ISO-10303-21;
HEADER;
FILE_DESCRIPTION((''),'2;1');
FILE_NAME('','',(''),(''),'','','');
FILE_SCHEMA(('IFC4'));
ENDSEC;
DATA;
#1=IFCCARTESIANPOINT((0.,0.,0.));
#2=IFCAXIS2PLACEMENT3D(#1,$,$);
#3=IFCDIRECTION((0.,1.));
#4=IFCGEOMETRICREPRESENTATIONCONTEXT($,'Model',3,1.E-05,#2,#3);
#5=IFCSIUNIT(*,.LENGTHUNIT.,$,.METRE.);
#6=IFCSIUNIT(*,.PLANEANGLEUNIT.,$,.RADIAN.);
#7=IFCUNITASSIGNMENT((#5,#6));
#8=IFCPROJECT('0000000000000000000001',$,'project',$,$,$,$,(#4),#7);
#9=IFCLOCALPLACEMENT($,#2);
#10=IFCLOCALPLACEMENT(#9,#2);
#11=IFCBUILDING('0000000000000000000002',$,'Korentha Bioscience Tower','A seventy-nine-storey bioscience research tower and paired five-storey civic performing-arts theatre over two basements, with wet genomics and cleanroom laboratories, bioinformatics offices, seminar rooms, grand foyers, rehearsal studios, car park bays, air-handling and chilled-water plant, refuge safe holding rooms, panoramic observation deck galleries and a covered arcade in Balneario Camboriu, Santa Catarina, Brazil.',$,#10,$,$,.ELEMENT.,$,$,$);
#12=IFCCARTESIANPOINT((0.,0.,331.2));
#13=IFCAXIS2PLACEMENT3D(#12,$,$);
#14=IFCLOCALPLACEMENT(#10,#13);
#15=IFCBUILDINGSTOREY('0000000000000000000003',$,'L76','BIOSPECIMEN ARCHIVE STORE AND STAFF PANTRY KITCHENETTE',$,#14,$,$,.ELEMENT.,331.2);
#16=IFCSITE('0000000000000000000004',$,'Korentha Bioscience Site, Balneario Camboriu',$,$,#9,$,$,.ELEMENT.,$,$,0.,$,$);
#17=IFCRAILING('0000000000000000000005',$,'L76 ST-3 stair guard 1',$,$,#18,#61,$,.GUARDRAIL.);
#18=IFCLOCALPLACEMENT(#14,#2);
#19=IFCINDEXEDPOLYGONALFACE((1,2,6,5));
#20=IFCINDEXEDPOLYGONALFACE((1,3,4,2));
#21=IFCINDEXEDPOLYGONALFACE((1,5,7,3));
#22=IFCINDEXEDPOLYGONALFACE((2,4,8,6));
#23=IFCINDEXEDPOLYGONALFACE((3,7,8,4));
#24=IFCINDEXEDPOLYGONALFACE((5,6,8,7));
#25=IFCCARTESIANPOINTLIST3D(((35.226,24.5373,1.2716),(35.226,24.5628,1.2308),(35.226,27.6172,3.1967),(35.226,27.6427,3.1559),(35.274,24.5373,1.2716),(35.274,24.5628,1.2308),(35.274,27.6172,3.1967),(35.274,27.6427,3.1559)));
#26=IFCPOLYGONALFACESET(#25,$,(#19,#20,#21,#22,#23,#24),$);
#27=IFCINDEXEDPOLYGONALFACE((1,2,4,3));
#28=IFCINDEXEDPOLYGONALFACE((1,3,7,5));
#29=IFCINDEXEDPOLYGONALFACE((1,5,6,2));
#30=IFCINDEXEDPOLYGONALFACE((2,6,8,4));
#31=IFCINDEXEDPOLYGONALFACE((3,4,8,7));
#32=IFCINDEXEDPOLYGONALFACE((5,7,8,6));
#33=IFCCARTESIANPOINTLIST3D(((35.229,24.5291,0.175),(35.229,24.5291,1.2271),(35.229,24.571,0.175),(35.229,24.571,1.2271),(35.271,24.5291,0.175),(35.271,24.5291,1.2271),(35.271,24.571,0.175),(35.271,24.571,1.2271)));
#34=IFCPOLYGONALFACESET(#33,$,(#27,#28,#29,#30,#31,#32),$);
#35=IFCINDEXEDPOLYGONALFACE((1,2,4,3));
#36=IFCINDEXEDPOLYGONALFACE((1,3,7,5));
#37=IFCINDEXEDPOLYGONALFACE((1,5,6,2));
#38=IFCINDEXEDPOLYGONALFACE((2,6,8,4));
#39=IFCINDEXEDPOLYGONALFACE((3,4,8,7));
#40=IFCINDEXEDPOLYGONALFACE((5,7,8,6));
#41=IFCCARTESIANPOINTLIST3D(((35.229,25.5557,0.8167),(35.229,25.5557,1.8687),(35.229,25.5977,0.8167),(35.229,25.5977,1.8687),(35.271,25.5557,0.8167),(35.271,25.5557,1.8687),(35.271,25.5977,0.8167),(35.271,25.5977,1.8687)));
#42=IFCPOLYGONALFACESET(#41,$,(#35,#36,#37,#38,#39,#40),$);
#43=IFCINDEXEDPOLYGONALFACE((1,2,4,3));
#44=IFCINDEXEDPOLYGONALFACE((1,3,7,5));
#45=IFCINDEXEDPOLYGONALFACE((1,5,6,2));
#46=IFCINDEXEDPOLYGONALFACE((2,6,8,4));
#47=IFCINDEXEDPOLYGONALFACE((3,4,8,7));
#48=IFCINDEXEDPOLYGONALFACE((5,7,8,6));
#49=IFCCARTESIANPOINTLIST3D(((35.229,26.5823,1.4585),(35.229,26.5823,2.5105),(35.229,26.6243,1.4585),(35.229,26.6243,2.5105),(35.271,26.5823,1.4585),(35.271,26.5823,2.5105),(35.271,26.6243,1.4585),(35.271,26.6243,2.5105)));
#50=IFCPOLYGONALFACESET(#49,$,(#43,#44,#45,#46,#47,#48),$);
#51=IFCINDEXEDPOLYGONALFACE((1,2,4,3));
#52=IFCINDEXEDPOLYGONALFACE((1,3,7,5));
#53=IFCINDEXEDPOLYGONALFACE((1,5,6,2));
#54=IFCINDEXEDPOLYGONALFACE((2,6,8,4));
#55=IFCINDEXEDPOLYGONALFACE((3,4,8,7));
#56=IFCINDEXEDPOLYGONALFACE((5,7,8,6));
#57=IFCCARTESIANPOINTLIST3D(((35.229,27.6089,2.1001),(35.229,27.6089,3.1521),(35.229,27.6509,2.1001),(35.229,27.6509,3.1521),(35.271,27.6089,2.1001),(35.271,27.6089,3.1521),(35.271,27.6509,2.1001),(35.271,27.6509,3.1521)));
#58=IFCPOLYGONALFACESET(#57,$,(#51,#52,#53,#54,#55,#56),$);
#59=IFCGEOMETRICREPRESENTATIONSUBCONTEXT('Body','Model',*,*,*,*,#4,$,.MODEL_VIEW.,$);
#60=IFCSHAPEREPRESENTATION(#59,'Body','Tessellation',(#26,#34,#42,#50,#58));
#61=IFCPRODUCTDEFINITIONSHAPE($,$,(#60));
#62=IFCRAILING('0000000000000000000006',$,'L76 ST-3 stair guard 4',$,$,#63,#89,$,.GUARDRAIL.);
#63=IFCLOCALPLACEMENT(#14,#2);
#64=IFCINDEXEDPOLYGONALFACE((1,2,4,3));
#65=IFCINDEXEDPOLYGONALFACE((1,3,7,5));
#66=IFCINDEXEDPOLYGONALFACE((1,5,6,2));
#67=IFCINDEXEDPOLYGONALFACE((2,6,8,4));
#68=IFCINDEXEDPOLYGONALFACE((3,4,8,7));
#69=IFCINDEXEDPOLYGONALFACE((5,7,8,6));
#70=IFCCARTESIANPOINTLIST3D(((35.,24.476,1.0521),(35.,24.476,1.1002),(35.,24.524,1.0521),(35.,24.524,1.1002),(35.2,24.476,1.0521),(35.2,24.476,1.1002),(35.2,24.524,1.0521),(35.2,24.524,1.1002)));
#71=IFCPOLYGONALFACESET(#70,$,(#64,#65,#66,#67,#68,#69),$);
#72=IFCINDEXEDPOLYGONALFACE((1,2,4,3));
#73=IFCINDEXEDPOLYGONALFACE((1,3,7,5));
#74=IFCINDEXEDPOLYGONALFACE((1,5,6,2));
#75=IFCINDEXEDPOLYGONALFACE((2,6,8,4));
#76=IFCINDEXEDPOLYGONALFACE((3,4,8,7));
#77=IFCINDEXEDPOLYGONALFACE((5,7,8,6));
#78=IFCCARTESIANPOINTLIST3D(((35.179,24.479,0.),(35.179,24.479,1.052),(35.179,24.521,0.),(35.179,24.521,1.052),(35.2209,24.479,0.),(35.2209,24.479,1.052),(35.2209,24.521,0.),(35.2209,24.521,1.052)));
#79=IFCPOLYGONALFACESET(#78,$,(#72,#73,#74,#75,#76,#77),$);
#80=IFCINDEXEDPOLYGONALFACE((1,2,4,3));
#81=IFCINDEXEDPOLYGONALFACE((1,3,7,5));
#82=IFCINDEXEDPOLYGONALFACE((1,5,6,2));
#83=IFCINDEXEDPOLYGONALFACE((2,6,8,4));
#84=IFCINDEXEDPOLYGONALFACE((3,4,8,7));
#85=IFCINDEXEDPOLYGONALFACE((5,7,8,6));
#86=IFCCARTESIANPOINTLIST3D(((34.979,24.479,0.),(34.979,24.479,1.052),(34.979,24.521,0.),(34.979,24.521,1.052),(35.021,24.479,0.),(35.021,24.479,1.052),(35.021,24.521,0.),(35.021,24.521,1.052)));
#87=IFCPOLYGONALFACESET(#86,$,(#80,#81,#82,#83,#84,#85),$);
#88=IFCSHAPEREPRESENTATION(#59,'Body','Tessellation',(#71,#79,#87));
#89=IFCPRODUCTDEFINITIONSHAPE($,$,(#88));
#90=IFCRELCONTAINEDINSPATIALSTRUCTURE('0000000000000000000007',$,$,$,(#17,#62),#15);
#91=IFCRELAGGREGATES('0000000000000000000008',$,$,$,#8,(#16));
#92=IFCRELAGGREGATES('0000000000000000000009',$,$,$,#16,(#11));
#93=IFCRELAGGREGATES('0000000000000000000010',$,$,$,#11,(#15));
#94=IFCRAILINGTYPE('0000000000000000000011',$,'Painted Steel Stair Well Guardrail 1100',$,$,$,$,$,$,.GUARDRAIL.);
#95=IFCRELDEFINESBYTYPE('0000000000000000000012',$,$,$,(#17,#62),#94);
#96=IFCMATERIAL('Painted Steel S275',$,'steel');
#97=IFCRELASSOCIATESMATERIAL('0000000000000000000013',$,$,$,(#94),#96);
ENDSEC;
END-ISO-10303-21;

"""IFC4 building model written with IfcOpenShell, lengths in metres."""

from ifc_helpers import new_model, si_unit, direction, frame, origin, origin_2d, place, context, subcontext, project, spatial, rectangle, extrude, material, type_object, element, save


model = new_model("IFC4")

# Units and contexts
model_context = context("Model", 3, precision=1e-05, world=origin(), true_north=direction((0.0, 1.0)))
body_context = subcontext(model_context, "Body", "Model", "MODEL_VIEW")
ifc_project = project(units=[si_unit("LENGTHUNIT", "METRE"), si_unit("PLANEANGLEUNIT", "RADIAN")], contexts=[model_context])

# Site, building, storey
site_placement = place(None, origin())
site = spatial("IfcSite", under=ifc_project, at=site_placement, Name="Korentha Bioscience Site, Balneario Camboriu", CompositionType="ELEMENT", RefElevation=0.0)
building_placement = place(site_placement, origin())
building = spatial("IfcBuilding", under=site, at=building_placement, Name="Korentha Bioscience Tower", Description="A seventy-nine-storey bioscience research tower and paired five-storey civic performing-arts theatre over two basements, with wet genomics and cleanroom laboratories, bioinformatics offices, seminar rooms, grand foyers, rehearsal studios, car park bays, air-handling and chilled-water plant, refuge safe holding rooms, panoramic observation deck galleries and a covered arcade in Balneario Camboriu, Santa Catarina, Brazil.", CompositionType="ELEMENT")
storey_placement = place(building_placement, frame((0.0, 0.0, 331.2)))
storey = spatial("IfcBuildingStorey", under=building, at=storey_placement, Name="L76", Description="BIOSPECIMEN ARCHIVE STORE AND STAFF PANTRY KITCHENETTE", CompositionType="ELEMENT", Elevation=331.2)

# Railings
ifc_material_1 = material(Name="Painted Steel S275", Category="steel")
railing_type_1 = type_object("IfcRailingType", Name="Painted Steel Stair Well Guardrail 1100", PredefinedType="GUARDRAIL", material=ifc_material_1)
railing_1_placement = place(storey_placement, frame((35.25, 24.55, 0.175)))
element("IfcRailing", 1, at=railing_1_placement, inside=storey, type_object=railing_type_1, Name="L76 ST-3 stair guard 1", PredefinedType="GUARDRAIL", context=body_context, shape_type="SweptSolid", body=[
    extrude(rectangle(XDim=0.0481, YDim=0.0481, at=origin_2d()), frame((0.0, 0.0, 1.0762), z_axis=(0.0, 0.847979, 0.530029), x_axis=(-1.0, 0.0, 0.0)), (0.0, 0.0, 1.0), 3.6321),
    extrude(rectangle(XDim=0.042, YDim=0.042, at=origin_2d()), origin(), (0.0, 0.0, 1.0), 1.052),
    extrude(rectangle(XDim=0.042, YDim=0.042, at=origin_2d()), frame((0.0, 1.0266, 0.6416)), (0.0, 0.0, 1.0), 1.052),
    extrude(rectangle(XDim=0.042, YDim=0.042, at=origin_2d()), frame((0.0, 2.0532, 1.2834)), (0.0, 0.0, 1.0), 1.052),
    extrude(rectangle(XDim=0.042, YDim=0.042, at=origin_2d()), frame((0.0, 3.0798, 1.925)), (0.0, 0.0, 1.0), 1.052),
])
railing_2_placement = place(storey_placement, frame((35.2, 24.5, 0.0)))
element("IfcRailing", 2, at=railing_2_placement, inside=storey, type_object=railing_type_1, Name="L76 ST-3 stair guard 4", PredefinedType="GUARDRAIL", context=body_context, shape_type="SweptSolid", body=[
    extrude(rectangle(XDim=0.0481, YDim=0.0481, at=origin_2d()), frame((0.0, 0.0, 1.0762), z_axis=(-1.0, 0.0, 0.0), x_axis=(0.0, -1.0, 0.0)), (0.0, 0.0, 1.0), 0.2),
    extrude(rectangle(XDim=0.042, YDim=0.042, at=origin_2d()), origin(), (0.0, 0.0, 1.0), 1.052),
    extrude(rectangle(XDim=0.042, YDim=0.042, at=origin_2d()), frame((-0.2, 0.0, 0.0)), (0.0, 0.0, 1.0), 1.052),
])

save(model, "model.ifc")
